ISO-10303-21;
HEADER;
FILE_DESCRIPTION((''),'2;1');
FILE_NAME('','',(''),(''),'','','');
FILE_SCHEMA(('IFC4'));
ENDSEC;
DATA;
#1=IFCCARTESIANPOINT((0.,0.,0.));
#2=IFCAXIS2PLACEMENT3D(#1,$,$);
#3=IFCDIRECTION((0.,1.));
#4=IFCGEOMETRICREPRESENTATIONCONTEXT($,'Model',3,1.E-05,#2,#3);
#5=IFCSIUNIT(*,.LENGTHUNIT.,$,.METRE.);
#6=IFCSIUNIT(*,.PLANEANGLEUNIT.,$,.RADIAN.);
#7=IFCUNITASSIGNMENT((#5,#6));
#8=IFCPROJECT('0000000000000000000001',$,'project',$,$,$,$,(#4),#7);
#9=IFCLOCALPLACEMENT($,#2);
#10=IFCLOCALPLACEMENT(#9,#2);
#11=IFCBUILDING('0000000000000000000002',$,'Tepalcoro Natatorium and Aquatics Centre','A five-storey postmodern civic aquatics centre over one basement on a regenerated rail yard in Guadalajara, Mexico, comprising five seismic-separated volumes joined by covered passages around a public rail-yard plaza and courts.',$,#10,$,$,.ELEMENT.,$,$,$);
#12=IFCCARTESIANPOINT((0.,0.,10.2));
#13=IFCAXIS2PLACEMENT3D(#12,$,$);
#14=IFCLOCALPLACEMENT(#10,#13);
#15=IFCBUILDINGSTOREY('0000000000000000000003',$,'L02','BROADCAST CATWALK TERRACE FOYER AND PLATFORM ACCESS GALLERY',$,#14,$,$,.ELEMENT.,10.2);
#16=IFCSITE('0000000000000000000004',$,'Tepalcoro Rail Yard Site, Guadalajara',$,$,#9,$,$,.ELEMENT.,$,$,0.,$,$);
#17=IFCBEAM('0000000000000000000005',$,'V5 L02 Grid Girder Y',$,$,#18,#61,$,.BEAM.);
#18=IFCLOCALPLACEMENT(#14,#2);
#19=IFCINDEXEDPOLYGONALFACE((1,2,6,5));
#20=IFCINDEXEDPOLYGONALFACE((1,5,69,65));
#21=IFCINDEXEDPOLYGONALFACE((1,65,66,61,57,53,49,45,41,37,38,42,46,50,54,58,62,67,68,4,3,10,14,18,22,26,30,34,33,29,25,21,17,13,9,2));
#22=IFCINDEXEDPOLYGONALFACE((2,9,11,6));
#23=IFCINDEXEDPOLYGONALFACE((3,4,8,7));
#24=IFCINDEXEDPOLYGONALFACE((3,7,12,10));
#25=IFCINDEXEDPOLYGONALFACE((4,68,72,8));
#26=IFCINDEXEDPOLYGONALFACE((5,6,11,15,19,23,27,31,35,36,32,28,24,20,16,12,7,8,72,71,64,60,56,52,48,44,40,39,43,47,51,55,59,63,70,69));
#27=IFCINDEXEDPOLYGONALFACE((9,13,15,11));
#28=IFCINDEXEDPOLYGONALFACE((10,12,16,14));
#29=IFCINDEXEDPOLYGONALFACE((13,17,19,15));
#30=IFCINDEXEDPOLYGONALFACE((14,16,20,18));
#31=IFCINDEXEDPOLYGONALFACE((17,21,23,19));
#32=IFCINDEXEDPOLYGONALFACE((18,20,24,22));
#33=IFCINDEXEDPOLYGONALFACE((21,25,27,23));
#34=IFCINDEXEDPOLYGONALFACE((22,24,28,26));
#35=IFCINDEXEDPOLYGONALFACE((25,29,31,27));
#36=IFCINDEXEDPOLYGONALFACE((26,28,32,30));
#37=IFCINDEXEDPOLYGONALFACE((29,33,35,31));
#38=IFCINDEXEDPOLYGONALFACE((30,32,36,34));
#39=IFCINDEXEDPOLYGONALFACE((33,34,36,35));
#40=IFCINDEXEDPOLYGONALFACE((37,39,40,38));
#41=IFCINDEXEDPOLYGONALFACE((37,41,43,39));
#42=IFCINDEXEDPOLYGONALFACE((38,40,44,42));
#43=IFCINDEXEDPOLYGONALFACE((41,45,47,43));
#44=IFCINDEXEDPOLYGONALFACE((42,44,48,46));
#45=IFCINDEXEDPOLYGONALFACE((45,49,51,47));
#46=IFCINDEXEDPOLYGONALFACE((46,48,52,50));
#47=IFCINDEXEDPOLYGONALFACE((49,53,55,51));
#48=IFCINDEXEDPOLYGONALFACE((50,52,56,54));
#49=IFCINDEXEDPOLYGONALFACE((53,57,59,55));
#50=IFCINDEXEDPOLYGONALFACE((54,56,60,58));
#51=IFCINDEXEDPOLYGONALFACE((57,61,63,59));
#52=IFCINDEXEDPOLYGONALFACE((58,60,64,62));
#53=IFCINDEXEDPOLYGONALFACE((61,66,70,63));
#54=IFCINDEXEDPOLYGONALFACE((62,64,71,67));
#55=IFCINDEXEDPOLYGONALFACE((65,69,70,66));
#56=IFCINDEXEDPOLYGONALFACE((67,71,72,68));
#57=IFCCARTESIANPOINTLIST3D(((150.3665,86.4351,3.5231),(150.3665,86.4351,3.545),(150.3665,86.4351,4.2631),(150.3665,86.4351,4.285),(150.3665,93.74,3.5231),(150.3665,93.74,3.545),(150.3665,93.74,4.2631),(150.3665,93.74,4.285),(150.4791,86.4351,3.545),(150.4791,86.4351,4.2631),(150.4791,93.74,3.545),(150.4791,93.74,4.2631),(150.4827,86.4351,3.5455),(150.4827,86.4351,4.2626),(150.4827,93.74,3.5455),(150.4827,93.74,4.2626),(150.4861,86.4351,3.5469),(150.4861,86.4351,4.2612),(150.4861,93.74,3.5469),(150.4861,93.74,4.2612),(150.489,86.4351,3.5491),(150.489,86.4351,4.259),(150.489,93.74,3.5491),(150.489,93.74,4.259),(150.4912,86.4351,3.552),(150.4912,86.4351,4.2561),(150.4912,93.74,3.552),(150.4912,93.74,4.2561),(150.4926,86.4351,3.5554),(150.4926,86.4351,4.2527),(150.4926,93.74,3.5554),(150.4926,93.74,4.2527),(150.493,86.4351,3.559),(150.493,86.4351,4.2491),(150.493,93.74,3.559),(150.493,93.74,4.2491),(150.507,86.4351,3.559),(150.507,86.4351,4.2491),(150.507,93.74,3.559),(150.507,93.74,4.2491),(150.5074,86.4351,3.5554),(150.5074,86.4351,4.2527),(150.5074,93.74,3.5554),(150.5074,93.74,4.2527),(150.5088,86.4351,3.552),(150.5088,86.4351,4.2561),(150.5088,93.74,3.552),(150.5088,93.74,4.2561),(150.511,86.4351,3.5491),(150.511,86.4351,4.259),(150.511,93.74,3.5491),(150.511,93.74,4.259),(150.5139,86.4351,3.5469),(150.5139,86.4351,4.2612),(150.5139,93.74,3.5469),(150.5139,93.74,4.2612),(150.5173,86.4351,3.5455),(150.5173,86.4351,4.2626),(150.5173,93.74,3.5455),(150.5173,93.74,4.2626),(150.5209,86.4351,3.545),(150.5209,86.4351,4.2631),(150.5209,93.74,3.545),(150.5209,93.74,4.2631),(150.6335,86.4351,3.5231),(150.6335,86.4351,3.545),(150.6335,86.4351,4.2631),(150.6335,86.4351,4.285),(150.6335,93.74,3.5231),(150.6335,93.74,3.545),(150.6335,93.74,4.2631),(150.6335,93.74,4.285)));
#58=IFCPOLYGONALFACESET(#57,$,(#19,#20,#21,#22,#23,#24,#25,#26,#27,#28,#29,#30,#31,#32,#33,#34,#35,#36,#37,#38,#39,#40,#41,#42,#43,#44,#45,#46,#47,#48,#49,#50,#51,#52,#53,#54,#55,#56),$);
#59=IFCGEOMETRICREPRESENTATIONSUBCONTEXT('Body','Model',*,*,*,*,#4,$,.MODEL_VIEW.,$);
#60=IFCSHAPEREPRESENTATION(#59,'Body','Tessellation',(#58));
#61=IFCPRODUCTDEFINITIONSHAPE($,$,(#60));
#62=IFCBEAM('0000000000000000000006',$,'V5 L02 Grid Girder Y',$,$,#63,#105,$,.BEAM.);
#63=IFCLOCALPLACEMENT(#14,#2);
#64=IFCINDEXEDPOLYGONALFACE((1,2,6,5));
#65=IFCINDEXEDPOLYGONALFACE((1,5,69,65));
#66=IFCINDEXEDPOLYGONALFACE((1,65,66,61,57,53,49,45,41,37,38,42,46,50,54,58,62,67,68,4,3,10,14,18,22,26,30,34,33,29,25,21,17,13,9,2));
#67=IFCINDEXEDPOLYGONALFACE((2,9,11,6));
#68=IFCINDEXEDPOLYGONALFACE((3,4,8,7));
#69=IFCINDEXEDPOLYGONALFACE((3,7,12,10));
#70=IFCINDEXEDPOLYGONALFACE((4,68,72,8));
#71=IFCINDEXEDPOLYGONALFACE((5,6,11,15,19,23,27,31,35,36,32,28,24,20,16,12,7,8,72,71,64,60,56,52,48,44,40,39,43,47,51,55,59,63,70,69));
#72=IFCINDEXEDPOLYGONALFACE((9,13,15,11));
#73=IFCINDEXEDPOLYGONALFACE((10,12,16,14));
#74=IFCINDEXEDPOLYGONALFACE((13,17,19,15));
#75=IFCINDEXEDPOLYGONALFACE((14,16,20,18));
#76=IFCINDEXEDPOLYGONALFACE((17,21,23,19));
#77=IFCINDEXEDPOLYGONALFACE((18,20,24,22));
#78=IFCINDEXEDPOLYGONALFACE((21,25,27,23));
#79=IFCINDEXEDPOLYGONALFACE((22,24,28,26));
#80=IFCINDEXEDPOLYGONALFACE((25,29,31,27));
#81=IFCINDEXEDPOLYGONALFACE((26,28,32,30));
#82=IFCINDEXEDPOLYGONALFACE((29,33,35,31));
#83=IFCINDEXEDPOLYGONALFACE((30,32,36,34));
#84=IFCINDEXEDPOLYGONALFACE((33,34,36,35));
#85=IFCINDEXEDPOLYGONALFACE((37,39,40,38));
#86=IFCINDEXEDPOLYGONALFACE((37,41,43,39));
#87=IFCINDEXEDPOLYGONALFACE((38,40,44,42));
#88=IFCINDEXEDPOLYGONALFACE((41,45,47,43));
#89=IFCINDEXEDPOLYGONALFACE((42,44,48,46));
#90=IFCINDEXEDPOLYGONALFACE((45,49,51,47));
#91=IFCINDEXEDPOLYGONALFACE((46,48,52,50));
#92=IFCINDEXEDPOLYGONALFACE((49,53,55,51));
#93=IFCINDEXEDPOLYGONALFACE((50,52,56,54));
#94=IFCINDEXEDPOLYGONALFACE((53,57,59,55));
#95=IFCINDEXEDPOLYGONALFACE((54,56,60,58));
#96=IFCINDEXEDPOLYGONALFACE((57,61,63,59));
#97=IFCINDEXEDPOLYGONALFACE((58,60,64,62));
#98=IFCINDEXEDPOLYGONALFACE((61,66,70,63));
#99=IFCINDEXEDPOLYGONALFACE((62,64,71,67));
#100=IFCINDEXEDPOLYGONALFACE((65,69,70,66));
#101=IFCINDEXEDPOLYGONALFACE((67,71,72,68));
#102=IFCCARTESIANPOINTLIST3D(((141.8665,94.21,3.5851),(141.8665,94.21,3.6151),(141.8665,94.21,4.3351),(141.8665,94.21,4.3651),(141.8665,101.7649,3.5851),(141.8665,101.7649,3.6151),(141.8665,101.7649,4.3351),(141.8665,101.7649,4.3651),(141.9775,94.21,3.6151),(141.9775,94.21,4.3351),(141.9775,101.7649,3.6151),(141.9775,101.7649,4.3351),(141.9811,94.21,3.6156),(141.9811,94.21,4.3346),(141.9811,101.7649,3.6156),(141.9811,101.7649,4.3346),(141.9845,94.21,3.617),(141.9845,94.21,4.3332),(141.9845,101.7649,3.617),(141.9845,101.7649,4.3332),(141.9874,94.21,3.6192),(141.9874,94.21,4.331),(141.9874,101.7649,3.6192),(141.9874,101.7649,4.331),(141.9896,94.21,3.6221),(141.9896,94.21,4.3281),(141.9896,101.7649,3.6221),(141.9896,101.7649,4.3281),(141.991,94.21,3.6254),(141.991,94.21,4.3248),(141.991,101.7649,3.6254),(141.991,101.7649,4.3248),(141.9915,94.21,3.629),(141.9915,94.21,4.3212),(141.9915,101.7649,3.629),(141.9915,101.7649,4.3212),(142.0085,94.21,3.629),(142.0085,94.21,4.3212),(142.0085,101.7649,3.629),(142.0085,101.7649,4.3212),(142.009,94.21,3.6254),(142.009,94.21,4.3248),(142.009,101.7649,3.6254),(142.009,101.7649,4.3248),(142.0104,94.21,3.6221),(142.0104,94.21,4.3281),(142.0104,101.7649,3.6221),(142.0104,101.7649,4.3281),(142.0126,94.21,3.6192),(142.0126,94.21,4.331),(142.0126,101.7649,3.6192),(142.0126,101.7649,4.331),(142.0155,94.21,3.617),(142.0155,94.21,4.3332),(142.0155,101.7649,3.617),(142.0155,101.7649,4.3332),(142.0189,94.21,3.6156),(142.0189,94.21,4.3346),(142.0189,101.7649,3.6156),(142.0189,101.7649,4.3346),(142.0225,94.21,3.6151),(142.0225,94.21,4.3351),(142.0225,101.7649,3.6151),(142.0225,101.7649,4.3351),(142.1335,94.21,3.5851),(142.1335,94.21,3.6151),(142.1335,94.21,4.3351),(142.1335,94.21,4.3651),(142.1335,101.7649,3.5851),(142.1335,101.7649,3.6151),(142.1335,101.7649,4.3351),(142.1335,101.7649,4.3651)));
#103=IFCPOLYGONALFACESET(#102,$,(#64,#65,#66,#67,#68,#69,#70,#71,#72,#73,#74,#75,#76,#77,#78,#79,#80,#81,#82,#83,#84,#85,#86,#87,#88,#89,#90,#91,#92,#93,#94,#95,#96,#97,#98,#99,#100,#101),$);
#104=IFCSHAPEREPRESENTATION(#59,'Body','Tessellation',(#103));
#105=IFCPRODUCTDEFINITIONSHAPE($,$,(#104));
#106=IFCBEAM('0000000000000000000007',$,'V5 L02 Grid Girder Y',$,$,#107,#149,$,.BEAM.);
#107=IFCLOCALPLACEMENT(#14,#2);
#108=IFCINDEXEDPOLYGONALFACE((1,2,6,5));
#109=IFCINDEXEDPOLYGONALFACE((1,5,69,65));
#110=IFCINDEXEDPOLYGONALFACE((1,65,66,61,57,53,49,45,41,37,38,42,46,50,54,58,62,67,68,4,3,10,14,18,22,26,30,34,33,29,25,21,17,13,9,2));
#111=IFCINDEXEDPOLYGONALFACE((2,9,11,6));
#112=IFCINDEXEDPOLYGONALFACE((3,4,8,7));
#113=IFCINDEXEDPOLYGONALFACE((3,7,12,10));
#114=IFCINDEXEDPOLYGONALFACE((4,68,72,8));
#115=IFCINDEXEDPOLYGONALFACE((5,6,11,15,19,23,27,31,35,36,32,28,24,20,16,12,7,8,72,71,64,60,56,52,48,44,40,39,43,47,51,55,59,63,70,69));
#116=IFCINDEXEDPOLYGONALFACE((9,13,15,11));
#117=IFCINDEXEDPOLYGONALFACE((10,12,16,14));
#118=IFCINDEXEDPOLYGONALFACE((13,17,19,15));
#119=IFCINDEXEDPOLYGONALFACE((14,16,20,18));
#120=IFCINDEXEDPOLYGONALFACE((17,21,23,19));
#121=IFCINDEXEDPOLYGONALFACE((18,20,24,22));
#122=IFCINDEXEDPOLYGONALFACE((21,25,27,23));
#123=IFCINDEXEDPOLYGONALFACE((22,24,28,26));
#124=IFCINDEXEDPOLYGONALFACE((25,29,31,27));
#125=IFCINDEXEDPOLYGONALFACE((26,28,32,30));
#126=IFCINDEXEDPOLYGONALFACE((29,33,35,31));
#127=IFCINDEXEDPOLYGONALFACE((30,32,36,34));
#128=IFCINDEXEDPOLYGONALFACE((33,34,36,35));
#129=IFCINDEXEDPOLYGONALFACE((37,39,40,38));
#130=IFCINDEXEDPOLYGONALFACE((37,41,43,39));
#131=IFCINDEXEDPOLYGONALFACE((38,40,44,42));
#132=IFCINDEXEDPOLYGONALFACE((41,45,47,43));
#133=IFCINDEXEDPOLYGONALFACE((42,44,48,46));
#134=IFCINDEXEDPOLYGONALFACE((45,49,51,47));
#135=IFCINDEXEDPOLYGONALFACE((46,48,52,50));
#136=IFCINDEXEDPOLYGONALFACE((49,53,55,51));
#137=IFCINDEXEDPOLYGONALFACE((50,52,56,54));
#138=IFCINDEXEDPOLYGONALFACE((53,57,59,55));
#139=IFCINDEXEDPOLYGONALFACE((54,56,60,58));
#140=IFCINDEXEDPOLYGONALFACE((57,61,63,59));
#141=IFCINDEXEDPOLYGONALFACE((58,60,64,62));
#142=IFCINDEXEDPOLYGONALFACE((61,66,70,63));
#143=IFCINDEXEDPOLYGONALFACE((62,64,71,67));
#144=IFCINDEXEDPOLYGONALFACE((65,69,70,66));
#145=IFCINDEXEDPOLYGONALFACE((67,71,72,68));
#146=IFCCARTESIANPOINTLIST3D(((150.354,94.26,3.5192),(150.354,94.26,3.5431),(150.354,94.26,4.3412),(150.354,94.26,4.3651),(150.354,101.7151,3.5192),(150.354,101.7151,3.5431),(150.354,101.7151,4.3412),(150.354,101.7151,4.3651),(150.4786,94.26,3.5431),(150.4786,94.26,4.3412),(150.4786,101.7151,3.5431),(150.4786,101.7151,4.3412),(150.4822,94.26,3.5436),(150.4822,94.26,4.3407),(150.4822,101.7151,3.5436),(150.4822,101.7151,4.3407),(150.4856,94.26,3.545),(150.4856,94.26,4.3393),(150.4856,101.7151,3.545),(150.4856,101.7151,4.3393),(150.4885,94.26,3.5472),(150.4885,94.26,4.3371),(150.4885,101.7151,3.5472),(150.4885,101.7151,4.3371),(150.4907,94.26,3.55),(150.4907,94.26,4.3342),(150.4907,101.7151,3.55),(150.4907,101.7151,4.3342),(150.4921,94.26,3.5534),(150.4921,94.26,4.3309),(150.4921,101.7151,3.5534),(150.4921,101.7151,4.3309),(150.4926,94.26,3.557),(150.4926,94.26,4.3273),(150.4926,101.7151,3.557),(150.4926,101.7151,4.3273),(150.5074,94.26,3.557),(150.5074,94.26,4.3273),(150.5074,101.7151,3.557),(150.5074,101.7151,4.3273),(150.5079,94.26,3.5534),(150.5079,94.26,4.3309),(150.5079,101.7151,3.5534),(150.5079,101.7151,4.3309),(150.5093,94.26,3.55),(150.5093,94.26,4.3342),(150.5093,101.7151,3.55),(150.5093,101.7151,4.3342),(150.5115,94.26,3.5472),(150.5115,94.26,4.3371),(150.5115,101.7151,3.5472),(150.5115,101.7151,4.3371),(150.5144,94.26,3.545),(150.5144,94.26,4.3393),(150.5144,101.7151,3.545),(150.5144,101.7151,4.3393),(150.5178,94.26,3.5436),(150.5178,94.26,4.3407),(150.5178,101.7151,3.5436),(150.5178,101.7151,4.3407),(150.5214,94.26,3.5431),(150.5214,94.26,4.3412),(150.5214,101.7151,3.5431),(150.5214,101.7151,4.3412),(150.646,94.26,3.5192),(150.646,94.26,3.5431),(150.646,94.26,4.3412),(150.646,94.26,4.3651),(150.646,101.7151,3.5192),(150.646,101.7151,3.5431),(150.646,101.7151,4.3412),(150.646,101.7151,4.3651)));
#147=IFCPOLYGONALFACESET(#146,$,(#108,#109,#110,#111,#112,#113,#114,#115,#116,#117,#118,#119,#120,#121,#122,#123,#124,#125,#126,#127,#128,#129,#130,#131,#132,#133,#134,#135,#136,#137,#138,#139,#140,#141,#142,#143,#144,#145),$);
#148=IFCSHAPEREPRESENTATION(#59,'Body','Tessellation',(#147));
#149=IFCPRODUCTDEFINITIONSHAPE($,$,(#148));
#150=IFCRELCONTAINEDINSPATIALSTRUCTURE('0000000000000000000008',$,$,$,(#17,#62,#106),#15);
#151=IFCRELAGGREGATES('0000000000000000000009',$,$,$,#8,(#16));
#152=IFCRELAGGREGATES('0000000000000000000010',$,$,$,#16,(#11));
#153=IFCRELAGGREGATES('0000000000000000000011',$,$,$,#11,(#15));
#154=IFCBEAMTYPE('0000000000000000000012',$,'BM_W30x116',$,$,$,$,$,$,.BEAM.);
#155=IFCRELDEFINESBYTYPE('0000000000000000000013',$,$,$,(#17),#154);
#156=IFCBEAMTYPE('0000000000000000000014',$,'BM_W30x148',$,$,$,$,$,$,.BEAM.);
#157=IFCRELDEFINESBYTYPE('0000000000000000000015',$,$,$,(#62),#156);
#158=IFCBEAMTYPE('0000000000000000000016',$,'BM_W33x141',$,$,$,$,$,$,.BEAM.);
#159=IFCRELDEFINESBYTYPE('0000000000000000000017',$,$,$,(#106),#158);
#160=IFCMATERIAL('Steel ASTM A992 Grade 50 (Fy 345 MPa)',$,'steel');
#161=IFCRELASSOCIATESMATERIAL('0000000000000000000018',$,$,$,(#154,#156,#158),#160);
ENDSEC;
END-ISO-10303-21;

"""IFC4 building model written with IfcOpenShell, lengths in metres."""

from ifc_helpers import new_model, si_unit, direction, frame, origin, origin_2d, place, context, subcontext, project, spatial, i_section, extrude, material, material_profile, profile_set, type_object, element, save


model = new_model("IFC4")

# Units and contexts
model_context = context("Model", 3, precision=1e-05, world=origin(), true_north=direction((0.0, 1.0)))
body_context = subcontext(model_context, "Body", "Model", "MODEL_VIEW")
ifc_project = project(units=[si_unit("LENGTHUNIT", "METRE"), si_unit("PLANEANGLEUNIT", "RADIAN")], contexts=[model_context])

# Site, building, storey
site_placement = place(None, origin())
site = spatial("IfcSite", under=ifc_project, at=site_placement, Name="Tepalcoro Rail Yard Site, Guadalajara", CompositionType="ELEMENT", RefElevation=0.0)
building_placement = place(site_placement, origin())
building = spatial("IfcBuilding", under=site, at=building_placement, Name="Tepalcoro Natatorium and Aquatics Centre", Description="A five-storey postmodern civic aquatics centre over one basement on a regenerated rail yard in Guadalajara, Mexico, comprising five seismic-separated volumes joined by covered passages around a public rail-yard plaza and courts.", CompositionType="ELEMENT")
storey_placement = place(building_placement, frame((0.0, 0.0, 10.2)))
storey = spatial("IfcBuildingStorey", under=building, at=storey_placement, Name="L02", Description="BROADCAST CATWALK TERRACE FOYER AND PLATFORM ACCESS GALLERY", CompositionType="ELEMENT", Elevation=10.2)

# Beams
ifc_material_1 = material(Name="Steel ASTM A992 Grade 50 (Fy 345 MPa)", Category="steel")
ifc_material_profile_1 = material_profile(ifc_material_1, i_section(OverallWidth=0.2671, OverallDepth=0.762, WebThickness=0.0139, FlangeThickness=0.022, FilletRadius=0.0139, at=origin_2d()), Name="W30X116")
ifc_profile_set_1 = profile_set([ifc_material_profile_1], Name="Steel ASTM A992 Grade 50 (Fy 345 MPa)")
beam_type_1 = type_object("IfcBeamType", Name="BM_W30x116", PredefinedType="BEAM", material=ifc_profile_set_1)
beam_1_placement = place(storey_placement, frame((150.5, 86.4351, 3.9041), z_axis=(0.0, 1.0, 0.0), x_axis=(-1.0, 0.0, 0.0)))
element("IfcBeam", 1, at=beam_1_placement, inside=storey, type_object=beam_type_1, Name="V5 L02 Grid Girder Y", PredefinedType="BEAM", context=body_context, shape_type="SweptSolid", body=[
    extrude(i_section(OverallWidth=0.2671, OverallDepth=0.762, WebThickness=0.0139, FlangeThickness=0.022, FilletRadius=0.0139, at=origin_2d()), origin(), (0.0, 0.0, 1.0), 7.3049),
])
ifc_material_profile_2 = material_profile(ifc_material_1, i_section(OverallWidth=0.2671, OverallDepth=0.78, WebThickness=0.0171, FlangeThickness=0.03, FilletRadius=0.0139, at=origin_2d()), Name="W30X148")
ifc_profile_set_2 = profile_set([ifc_material_profile_2], Name="Steel ASTM A992 Grade 50 (Fy 345 MPa)")
beam_type_2 = type_object("IfcBeamType", Name="BM_W30x148", PredefinedType="BEAM", material=ifc_profile_set_2)
beam_2_placement = place(storey_placement, frame((142.0, 94.21, 3.9751), z_axis=(0.0, 1.0, 0.0), x_axis=(-1.0, 0.0, 0.0)))
element("IfcBeam", 2, at=beam_2_placement, inside=storey, type_object=beam_type_2, Name="V5 L02 Grid Girder Y", PredefinedType="BEAM", context=body_context, shape_type="SweptSolid", body=[
    extrude(i_section(OverallWidth=0.2671, OverallDepth=0.78, WebThickness=0.0171, FlangeThickness=0.03, FilletRadius=0.0139, at=origin_2d()), origin(), (0.0, 0.0, 1.0), 7.5549),
])
ifc_material_profile_3 = material_profile(ifc_material_1, i_section(OverallWidth=0.292, OverallDepth=0.8459, WebThickness=0.0149, FlangeThickness=0.0239, FilletRadius=0.0139, at=origin_2d()), Name="W33X141")
ifc_profile_set_3 = profile_set([ifc_material_profile_3], Name="Steel ASTM A992 Grade 50 (Fy 345 MPa)")
beam_type_3 = type_object("IfcBeamType", Name="BM_W33x141", PredefinedType="BEAM", material=ifc_profile_set_3)
beam_3_placement = place(storey_placement, frame((150.5, 94.26, 3.9421), z_axis=(0.0, 1.0, 0.0), x_axis=(-1.0, 0.0, 0.0)))
element("IfcBeam", 3, at=beam_3_placement, inside=storey, type_object=beam_type_3, Name="V5 L02 Grid Girder Y", PredefinedType="BEAM", context=body_context, shape_type="SweptSolid", body=[
    extrude(i_section(OverallWidth=0.292, OverallDepth=0.8459, WebThickness=0.0149, FlangeThickness=0.0239, FilletRadius=0.0139, at=origin_2d()), origin(), (0.0, 0.0, 1.0), 7.4551),
])

save(model, "model.ifc")
